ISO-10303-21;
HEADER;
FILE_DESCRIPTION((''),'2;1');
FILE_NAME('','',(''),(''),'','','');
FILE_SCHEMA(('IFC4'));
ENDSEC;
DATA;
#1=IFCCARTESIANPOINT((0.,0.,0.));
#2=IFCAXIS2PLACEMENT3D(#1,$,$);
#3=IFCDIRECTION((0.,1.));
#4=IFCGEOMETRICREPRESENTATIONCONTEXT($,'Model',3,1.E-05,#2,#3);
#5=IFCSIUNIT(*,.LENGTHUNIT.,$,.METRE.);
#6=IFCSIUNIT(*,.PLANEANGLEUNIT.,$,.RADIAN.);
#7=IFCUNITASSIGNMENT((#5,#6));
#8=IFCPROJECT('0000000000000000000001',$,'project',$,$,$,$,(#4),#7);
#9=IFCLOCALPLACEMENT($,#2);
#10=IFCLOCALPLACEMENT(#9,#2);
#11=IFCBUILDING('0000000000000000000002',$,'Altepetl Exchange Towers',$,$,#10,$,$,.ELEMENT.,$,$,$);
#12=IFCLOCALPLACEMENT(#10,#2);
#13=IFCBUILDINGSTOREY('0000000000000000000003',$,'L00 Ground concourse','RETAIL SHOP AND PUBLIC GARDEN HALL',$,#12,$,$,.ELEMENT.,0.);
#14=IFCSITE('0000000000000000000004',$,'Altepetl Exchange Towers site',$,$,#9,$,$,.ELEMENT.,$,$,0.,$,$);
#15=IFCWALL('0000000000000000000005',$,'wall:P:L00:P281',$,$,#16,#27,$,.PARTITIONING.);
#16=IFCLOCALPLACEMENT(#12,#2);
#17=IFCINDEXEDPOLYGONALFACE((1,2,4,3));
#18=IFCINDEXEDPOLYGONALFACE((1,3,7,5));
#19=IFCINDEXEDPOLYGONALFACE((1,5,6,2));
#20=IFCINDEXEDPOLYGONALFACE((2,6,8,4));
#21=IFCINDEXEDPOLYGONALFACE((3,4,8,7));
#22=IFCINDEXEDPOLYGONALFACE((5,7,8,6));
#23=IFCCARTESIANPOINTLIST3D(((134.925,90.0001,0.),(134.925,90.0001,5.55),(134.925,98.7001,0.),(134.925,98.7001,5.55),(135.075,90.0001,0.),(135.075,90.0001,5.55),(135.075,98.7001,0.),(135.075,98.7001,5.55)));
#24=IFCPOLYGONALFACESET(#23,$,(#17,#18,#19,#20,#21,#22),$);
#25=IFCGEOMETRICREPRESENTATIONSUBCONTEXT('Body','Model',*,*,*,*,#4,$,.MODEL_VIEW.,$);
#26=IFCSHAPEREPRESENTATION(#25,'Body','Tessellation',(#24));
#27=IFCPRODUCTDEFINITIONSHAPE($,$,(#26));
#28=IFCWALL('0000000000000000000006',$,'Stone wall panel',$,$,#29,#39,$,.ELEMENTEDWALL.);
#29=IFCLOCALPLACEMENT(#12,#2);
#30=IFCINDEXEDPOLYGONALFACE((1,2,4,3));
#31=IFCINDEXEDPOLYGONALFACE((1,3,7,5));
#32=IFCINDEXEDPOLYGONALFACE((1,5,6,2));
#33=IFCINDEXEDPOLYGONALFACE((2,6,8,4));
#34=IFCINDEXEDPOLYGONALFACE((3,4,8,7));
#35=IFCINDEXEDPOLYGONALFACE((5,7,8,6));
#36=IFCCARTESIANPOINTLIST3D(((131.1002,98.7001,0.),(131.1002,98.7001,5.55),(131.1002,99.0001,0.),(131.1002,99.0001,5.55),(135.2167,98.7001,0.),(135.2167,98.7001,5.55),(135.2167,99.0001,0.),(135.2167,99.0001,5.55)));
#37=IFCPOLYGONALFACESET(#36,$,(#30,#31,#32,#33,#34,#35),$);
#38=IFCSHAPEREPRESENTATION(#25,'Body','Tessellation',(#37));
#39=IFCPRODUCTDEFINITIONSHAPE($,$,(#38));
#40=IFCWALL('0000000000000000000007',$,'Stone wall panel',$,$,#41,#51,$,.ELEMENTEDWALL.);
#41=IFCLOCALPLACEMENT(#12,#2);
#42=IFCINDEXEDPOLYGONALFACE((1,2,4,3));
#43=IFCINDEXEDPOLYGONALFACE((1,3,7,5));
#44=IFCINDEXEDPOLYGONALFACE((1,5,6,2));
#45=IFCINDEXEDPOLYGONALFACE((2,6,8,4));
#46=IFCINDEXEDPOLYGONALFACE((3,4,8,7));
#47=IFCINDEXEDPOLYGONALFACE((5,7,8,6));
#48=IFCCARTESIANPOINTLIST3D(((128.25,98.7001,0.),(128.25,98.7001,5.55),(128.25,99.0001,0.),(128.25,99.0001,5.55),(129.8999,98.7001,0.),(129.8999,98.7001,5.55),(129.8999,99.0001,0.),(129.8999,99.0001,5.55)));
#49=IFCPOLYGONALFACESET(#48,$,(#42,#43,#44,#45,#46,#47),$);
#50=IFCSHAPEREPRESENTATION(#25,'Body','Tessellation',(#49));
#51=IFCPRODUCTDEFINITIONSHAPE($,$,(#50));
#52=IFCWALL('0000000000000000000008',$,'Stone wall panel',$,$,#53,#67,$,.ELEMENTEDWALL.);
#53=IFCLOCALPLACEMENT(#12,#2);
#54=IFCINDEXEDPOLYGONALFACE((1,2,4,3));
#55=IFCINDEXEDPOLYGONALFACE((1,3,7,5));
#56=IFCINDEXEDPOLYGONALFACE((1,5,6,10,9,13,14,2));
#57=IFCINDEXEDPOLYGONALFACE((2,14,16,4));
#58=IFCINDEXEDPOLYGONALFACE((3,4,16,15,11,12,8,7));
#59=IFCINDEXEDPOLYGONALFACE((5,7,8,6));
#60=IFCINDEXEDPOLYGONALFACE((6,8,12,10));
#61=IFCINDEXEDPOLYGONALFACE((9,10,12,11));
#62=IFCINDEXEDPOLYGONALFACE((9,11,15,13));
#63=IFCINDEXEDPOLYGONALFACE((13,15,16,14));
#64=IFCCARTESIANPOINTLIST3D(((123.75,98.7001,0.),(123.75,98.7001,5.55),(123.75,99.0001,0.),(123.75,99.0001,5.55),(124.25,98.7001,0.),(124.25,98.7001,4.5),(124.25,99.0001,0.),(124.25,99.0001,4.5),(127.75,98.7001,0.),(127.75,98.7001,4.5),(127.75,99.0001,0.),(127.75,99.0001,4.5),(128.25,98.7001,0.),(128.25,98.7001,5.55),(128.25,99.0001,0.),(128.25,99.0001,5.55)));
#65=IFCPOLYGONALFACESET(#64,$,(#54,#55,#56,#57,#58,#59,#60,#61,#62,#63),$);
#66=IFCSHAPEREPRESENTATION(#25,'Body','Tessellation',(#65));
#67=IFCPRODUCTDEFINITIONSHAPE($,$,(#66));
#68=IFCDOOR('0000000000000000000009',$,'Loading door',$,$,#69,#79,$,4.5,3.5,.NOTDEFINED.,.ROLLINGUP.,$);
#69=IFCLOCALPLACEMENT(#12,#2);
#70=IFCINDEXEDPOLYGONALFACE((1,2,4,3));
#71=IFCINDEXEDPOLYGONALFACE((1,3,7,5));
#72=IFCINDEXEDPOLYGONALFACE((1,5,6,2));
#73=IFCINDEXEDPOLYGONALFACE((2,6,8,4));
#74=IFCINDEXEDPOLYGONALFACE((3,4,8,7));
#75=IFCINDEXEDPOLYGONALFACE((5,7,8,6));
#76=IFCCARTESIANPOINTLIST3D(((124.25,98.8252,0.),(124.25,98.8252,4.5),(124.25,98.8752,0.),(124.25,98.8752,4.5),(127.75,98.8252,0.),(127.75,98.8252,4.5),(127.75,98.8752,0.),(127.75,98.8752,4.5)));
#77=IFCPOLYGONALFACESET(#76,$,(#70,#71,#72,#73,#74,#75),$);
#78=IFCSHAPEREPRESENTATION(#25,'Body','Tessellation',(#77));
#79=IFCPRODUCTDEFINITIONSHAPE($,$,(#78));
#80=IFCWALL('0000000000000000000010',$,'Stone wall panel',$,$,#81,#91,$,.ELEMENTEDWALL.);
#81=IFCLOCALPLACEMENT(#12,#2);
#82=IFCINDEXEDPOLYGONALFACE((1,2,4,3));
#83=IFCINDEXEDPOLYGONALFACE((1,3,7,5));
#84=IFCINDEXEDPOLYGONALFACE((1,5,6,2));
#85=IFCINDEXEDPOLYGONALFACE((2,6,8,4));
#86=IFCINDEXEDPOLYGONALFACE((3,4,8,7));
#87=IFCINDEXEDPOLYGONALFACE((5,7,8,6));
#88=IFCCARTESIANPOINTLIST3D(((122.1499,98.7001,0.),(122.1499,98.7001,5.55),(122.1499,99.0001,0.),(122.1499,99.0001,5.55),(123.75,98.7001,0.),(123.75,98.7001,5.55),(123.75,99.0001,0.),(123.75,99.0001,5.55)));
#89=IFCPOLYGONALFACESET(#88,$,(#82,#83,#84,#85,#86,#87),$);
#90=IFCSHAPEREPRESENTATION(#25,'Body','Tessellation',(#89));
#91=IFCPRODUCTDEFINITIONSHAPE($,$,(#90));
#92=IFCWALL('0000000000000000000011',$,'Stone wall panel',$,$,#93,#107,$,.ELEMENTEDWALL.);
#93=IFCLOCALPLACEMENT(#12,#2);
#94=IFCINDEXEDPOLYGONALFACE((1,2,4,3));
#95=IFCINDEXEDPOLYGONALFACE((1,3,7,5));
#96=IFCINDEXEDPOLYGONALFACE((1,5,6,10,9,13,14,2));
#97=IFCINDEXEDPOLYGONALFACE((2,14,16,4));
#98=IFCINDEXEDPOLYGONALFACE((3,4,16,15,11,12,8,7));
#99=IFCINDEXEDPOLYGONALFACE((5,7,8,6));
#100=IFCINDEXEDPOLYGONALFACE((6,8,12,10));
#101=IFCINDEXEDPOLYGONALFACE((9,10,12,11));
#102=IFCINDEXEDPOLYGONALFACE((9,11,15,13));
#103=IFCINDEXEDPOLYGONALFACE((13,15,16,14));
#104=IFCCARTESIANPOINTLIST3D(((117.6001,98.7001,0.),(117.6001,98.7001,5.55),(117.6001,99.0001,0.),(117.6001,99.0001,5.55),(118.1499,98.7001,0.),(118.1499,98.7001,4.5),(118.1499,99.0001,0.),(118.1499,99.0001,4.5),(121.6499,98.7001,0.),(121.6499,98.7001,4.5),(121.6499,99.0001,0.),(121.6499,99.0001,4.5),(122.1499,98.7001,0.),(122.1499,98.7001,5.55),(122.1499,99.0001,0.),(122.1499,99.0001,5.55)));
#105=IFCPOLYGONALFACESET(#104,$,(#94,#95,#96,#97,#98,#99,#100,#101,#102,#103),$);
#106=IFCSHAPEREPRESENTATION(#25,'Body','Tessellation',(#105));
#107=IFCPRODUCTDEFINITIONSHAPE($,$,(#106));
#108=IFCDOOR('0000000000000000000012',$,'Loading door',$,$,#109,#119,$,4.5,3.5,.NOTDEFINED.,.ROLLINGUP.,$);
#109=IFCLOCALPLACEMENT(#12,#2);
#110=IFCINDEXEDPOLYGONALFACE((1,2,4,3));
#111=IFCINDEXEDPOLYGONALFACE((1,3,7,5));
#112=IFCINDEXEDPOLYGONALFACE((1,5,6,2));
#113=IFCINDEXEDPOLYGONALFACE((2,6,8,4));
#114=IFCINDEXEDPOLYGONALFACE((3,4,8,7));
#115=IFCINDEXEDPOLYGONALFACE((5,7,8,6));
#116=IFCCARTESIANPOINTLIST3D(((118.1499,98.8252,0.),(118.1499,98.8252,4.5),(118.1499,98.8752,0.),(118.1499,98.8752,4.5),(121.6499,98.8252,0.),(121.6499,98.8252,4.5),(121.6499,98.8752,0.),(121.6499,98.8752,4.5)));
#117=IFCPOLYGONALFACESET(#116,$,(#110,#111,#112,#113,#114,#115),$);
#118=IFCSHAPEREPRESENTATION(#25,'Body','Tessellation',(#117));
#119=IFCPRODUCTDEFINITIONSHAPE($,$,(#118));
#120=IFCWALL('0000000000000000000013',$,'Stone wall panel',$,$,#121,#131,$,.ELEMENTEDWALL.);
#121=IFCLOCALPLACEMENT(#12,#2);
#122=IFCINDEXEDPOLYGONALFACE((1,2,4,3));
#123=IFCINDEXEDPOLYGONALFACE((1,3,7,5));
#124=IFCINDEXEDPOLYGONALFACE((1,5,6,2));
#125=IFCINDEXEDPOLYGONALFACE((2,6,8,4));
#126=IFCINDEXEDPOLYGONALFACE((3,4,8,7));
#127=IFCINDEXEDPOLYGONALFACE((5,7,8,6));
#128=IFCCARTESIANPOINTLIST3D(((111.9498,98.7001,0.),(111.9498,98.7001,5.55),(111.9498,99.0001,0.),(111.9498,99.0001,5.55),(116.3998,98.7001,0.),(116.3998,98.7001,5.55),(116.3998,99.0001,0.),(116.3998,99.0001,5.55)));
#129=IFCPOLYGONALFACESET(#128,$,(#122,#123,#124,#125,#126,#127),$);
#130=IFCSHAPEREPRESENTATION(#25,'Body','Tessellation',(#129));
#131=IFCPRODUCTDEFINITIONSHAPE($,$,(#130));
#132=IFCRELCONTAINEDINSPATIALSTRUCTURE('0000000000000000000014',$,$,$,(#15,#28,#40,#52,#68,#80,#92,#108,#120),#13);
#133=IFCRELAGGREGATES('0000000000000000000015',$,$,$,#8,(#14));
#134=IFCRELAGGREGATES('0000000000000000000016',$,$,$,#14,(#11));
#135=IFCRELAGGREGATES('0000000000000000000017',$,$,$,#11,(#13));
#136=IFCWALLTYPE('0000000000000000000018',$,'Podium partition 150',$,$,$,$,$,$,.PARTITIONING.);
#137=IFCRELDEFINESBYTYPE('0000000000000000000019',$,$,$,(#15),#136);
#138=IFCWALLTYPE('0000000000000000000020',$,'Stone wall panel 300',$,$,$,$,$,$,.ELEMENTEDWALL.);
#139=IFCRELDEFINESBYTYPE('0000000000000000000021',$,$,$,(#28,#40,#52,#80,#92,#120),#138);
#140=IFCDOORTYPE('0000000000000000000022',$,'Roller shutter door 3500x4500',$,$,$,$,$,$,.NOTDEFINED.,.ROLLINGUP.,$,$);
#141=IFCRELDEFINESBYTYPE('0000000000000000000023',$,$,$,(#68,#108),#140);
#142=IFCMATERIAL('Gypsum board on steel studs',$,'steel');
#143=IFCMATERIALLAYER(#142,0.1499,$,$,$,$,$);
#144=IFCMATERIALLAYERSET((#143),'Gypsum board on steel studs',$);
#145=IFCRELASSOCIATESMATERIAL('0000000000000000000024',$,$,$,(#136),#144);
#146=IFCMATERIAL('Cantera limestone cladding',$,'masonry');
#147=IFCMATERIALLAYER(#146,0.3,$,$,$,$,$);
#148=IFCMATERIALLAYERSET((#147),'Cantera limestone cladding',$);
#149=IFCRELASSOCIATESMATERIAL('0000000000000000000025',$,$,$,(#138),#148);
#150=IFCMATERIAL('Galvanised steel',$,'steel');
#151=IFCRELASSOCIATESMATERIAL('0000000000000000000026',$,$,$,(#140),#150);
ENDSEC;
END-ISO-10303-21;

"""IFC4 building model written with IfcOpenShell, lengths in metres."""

from ifc_helpers import new_model, si_unit, direction, frame, frame_2d, origin, place, context, subcontext, project, spatial, rectangle, extrude, material, layer, layer_set, type_object, element, fill, save


model = new_model("IFC4")

# Units and contexts
model_context = context("Model", 3, precision=1e-05, world=origin(), true_north=direction((0.0, 1.0)))
body_context = subcontext(model_context, "Body", "Model", "MODEL_VIEW")
ifc_project = project(units=[si_unit("LENGTHUNIT", "METRE"), si_unit("PLANEANGLEUNIT", "RADIAN")], contexts=[model_context])

# Site, building, storey
site_placement = place(None, origin())
site = spatial("IfcSite", under=ifc_project, at=site_placement, Name="Altepetl Exchange Towers site", CompositionType="ELEMENT", RefElevation=0.0)
building_placement = place(site_placement, origin())
building = spatial("IfcBuilding", under=site, at=building_placement, Name="Altepetl Exchange Towers", CompositionType="ELEMENT")
storey_placement = place(building_placement, origin())
storey = spatial("IfcBuildingStorey", under=building, at=storey_placement, Name="L00 Ground concourse", Description="RETAIL SHOP AND PUBLIC GARDEN HALL", CompositionType="ELEMENT", Elevation=0.0)

# Shared definitions
ifc_material_1 = material(Name="Gypsum board on steel studs", Category="steel")
ifc_layer_1 = layer(ifc_material_1, 0.1499)
ifc_layer_set_1 = layer_set([ifc_layer_1], Name="Gypsum board on steel studs")
wall_type_1 = type_object("IfcWallType", Name="Podium partition 150", PredefinedType="PARTITIONING", material=ifc_layer_set_1)

# Walls
wall_1_placement = place(storey_placement, frame((135.0, 90.0, 0.0), z_axis=(0.0, 0.0, 1.0), x_axis=(0.0, 1.0, 0.0)))
element("IfcWall", 1, at=wall_1_placement, inside=storey, type_object=wall_type_1, Name="wall:P:L00:P281", PredefinedType="PARTITIONING", context=body_context, shape_type="SweptSolid", body=[
    extrude(rectangle(XDim=8.7, YDim=0.1499, at=frame_2d((4.3501, 0.0))), origin(), (0.0, 0.0, 1.0), 5.55),
])
ifc_material_2 = material(Name="Cantera limestone cladding", Category="masonry")
ifc_layer_2 = layer(ifc_material_2, 0.3)
ifc_layer_set_2 = layer_set([ifc_layer_2], Name="Cantera limestone cladding")
wall_type_2 = type_object("IfcWallType", Name="Stone wall panel 300", PredefinedType="ELEMENTEDWALL", material=ifc_layer_set_2)
wall_2_placement = place(storey_placement, frame((135.2166, 98.8501, 0.0), z_axis=(0.0, 0.0, 1.0), x_axis=(-1.0, 0.0, 0.0)))
element("IfcWall", 2, at=wall_2_placement, inside=storey, type_object=wall_type_2, Name="Stone wall panel", PredefinedType="ELEMENTEDWALL", context=body_context, shape_type="SweptSolid", body=[
    extrude(rectangle(XDim=4.1165, YDim=0.3, at=frame_2d((2.0581, 0.0))), origin(), (0.0, 0.0, 1.0), 5.55),
])
wall_3_placement = place(storey_placement, frame((129.8999, 98.8501, 0.0), z_axis=(0.0, 0.0, 1.0), x_axis=(-1.0, 0.0, 0.0)))
element("IfcWall", 3, at=wall_3_placement, inside=storey, type_object=wall_type_2, Name="Stone wall panel", PredefinedType="ELEMENTEDWALL", context=body_context, shape_type="SweptSolid", body=[
    extrude(rectangle(XDim=1.6499, YDim=0.3, at=frame_2d((0.825, 0.0))), origin(), (0.0, 0.0, 1.0), 5.55),
])

# Wall, opening, door
wall_4_placement = place(storey_placement, frame((128.25, 98.8501, 0.0), z_axis=(0.0, 0.0, 1.0), x_axis=(-1.0, 0.0, 0.0)))
wall_4 = element("IfcWall", 4, at=wall_4_placement, inside=storey, type_object=wall_type_2, Name="Stone wall panel", PredefinedType="ELEMENTEDWALL", context=body_context, shape_type="SweptSolid", body=[
    extrude(rectangle(XDim=4.5, YDim=0.3, at=frame_2d((2.25, 0.0))), origin(), (0.0, 0.0, 1.0), 5.55),
])
opening_1_placement = place(wall_4_placement, frame((0.5, 0.0, 0.0)))
opening_1 = element("IfcOpeningElement", 5, at=opening_1_placement, cuts=wall_4, PredefinedType="OPENING", context=body_context, shape_type="SweptSolid", body=[
    extrude(rectangle(XDim=3.5, YDim=4.5, at=frame_2d((1.75, 2.25))), frame((0.0, 0.1602, 0.0), z_axis=(0.0, -1.0, 0.0), x_axis=(1.0, 0.0, 0.0)), (0.0, 0.0, 1.0), 0.3201),
])
ifc_material_3 = material(Name="Galvanised steel", Category="steel")
door_type_1 = type_object("IfcDoorType", Name="Roller shutter door 3500x4500", OperationType="ROLLINGUP", PredefinedType="NOTDEFINED", material=ifc_material_3)
door_1_placement = place(opening_1_placement, origin())
door_1 = element("IfcDoor", 6, at=door_1_placement, inside=storey, type_object=door_type_1, Name="Loading door", OperationType="ROLLINGUP", OverallHeight=4.5, OverallWidth=3.5, PredefinedType="NOTDEFINED", context=body_context, shape_type="SweptSolid", body=[
    extrude(rectangle(XDim=3.5, YDim=4.5, at=frame_2d((1.75, 2.25))), frame((0.0, 0.0249, 0.0), z_axis=(0.0, -1.0, 0.0), x_axis=(1.0, 0.0, 0.0)), (0.0, 0.0, 1.0), 0.05),
])
fill(opening_1, door_1)

# Wall
wall_5_placement = place(storey_placement, frame((123.75, 98.8501, 0.0), z_axis=(0.0, 0.0, 1.0), x_axis=(-1.0, 0.0, 0.0)))
element("IfcWall", 7, at=wall_5_placement, inside=storey, type_object=wall_type_2, Name="Stone wall panel", PredefinedType="ELEMENTEDWALL", context=body_context, shape_type="SweptSolid", body=[
    extrude(rectangle(XDim=1.6001, YDim=0.3, at=frame_2d((0.8, 0.0))), origin(), (0.0, 0.0, 1.0), 5.55),
])

# Wall, opening, door
wall_6_placement = place(storey_placement, frame((122.1499, 98.8501, 0.0), z_axis=(0.0, 0.0, 1.0), x_axis=(-1.0, 0.0, 0.0)))
wall_6 = element("IfcWall", 8, at=wall_6_placement, inside=storey, type_object=wall_type_2, Name="Stone wall panel", PredefinedType="ELEMENTEDWALL", context=body_context, shape_type="SweptSolid", body=[
    extrude(rectangle(XDim=4.5498, YDim=0.3, at=frame_2d((2.2749, 0.0))), origin(), (0.0, 0.0, 1.0), 5.55),
])
opening_2_placement = place(wall_6_placement, frame((0.5, 0.0, 0.0)))
opening_2 = element("IfcOpeningElement", 9, at=opening_2_placement, cuts=wall_6, PredefinedType="OPENING", context=body_context, shape_type="SweptSolid", body=[
    extrude(rectangle(XDim=3.5, YDim=4.5, at=frame_2d((1.75, 2.25))), frame((0.0, 0.1602, 0.0), z_axis=(0.0, -1.0, 0.0), x_axis=(1.0, 0.0, 0.0)), (0.0, 0.0, 1.0), 0.3201),
])
door_2_placement = place(opening_2_placement, origin())
door_2 = element("IfcDoor", 10, at=door_2_placement, inside=storey, type_object=door_type_1, Name="Loading door", OperationType="ROLLINGUP", OverallHeight=4.5, OverallWidth=3.5, PredefinedType="NOTDEFINED", context=body_context, shape_type="SweptSolid", body=[
    extrude(rectangle(XDim=3.5, YDim=4.5, at=frame_2d((1.75, 2.25))), frame((0.0, 0.0249, 0.0), z_axis=(0.0, -1.0, 0.0), x_axis=(1.0, 0.0, 0.0)), (0.0, 0.0, 1.0), 0.05),
])
fill(opening_2, door_2)

# Wall
wall_7_placement = place(storey_placement, frame((116.3999, 98.8501, 0.0), z_axis=(0.0, 0.0, 1.0), x_axis=(-1.0, 0.0, 0.0)))
element("IfcWall", 11, at=wall_7_placement, inside=storey, type_object=wall_type_2, Name="Stone wall panel", PredefinedType="ELEMENTEDWALL", context=body_context, shape_type="SweptSolid", body=[
    extrude(rectangle(XDim=4.45, YDim=0.3, at=frame_2d((2.2251, 0.0))), origin(), (0.0, 0.0, 1.0), 5.55),
])

save(model, "model.ifc")
